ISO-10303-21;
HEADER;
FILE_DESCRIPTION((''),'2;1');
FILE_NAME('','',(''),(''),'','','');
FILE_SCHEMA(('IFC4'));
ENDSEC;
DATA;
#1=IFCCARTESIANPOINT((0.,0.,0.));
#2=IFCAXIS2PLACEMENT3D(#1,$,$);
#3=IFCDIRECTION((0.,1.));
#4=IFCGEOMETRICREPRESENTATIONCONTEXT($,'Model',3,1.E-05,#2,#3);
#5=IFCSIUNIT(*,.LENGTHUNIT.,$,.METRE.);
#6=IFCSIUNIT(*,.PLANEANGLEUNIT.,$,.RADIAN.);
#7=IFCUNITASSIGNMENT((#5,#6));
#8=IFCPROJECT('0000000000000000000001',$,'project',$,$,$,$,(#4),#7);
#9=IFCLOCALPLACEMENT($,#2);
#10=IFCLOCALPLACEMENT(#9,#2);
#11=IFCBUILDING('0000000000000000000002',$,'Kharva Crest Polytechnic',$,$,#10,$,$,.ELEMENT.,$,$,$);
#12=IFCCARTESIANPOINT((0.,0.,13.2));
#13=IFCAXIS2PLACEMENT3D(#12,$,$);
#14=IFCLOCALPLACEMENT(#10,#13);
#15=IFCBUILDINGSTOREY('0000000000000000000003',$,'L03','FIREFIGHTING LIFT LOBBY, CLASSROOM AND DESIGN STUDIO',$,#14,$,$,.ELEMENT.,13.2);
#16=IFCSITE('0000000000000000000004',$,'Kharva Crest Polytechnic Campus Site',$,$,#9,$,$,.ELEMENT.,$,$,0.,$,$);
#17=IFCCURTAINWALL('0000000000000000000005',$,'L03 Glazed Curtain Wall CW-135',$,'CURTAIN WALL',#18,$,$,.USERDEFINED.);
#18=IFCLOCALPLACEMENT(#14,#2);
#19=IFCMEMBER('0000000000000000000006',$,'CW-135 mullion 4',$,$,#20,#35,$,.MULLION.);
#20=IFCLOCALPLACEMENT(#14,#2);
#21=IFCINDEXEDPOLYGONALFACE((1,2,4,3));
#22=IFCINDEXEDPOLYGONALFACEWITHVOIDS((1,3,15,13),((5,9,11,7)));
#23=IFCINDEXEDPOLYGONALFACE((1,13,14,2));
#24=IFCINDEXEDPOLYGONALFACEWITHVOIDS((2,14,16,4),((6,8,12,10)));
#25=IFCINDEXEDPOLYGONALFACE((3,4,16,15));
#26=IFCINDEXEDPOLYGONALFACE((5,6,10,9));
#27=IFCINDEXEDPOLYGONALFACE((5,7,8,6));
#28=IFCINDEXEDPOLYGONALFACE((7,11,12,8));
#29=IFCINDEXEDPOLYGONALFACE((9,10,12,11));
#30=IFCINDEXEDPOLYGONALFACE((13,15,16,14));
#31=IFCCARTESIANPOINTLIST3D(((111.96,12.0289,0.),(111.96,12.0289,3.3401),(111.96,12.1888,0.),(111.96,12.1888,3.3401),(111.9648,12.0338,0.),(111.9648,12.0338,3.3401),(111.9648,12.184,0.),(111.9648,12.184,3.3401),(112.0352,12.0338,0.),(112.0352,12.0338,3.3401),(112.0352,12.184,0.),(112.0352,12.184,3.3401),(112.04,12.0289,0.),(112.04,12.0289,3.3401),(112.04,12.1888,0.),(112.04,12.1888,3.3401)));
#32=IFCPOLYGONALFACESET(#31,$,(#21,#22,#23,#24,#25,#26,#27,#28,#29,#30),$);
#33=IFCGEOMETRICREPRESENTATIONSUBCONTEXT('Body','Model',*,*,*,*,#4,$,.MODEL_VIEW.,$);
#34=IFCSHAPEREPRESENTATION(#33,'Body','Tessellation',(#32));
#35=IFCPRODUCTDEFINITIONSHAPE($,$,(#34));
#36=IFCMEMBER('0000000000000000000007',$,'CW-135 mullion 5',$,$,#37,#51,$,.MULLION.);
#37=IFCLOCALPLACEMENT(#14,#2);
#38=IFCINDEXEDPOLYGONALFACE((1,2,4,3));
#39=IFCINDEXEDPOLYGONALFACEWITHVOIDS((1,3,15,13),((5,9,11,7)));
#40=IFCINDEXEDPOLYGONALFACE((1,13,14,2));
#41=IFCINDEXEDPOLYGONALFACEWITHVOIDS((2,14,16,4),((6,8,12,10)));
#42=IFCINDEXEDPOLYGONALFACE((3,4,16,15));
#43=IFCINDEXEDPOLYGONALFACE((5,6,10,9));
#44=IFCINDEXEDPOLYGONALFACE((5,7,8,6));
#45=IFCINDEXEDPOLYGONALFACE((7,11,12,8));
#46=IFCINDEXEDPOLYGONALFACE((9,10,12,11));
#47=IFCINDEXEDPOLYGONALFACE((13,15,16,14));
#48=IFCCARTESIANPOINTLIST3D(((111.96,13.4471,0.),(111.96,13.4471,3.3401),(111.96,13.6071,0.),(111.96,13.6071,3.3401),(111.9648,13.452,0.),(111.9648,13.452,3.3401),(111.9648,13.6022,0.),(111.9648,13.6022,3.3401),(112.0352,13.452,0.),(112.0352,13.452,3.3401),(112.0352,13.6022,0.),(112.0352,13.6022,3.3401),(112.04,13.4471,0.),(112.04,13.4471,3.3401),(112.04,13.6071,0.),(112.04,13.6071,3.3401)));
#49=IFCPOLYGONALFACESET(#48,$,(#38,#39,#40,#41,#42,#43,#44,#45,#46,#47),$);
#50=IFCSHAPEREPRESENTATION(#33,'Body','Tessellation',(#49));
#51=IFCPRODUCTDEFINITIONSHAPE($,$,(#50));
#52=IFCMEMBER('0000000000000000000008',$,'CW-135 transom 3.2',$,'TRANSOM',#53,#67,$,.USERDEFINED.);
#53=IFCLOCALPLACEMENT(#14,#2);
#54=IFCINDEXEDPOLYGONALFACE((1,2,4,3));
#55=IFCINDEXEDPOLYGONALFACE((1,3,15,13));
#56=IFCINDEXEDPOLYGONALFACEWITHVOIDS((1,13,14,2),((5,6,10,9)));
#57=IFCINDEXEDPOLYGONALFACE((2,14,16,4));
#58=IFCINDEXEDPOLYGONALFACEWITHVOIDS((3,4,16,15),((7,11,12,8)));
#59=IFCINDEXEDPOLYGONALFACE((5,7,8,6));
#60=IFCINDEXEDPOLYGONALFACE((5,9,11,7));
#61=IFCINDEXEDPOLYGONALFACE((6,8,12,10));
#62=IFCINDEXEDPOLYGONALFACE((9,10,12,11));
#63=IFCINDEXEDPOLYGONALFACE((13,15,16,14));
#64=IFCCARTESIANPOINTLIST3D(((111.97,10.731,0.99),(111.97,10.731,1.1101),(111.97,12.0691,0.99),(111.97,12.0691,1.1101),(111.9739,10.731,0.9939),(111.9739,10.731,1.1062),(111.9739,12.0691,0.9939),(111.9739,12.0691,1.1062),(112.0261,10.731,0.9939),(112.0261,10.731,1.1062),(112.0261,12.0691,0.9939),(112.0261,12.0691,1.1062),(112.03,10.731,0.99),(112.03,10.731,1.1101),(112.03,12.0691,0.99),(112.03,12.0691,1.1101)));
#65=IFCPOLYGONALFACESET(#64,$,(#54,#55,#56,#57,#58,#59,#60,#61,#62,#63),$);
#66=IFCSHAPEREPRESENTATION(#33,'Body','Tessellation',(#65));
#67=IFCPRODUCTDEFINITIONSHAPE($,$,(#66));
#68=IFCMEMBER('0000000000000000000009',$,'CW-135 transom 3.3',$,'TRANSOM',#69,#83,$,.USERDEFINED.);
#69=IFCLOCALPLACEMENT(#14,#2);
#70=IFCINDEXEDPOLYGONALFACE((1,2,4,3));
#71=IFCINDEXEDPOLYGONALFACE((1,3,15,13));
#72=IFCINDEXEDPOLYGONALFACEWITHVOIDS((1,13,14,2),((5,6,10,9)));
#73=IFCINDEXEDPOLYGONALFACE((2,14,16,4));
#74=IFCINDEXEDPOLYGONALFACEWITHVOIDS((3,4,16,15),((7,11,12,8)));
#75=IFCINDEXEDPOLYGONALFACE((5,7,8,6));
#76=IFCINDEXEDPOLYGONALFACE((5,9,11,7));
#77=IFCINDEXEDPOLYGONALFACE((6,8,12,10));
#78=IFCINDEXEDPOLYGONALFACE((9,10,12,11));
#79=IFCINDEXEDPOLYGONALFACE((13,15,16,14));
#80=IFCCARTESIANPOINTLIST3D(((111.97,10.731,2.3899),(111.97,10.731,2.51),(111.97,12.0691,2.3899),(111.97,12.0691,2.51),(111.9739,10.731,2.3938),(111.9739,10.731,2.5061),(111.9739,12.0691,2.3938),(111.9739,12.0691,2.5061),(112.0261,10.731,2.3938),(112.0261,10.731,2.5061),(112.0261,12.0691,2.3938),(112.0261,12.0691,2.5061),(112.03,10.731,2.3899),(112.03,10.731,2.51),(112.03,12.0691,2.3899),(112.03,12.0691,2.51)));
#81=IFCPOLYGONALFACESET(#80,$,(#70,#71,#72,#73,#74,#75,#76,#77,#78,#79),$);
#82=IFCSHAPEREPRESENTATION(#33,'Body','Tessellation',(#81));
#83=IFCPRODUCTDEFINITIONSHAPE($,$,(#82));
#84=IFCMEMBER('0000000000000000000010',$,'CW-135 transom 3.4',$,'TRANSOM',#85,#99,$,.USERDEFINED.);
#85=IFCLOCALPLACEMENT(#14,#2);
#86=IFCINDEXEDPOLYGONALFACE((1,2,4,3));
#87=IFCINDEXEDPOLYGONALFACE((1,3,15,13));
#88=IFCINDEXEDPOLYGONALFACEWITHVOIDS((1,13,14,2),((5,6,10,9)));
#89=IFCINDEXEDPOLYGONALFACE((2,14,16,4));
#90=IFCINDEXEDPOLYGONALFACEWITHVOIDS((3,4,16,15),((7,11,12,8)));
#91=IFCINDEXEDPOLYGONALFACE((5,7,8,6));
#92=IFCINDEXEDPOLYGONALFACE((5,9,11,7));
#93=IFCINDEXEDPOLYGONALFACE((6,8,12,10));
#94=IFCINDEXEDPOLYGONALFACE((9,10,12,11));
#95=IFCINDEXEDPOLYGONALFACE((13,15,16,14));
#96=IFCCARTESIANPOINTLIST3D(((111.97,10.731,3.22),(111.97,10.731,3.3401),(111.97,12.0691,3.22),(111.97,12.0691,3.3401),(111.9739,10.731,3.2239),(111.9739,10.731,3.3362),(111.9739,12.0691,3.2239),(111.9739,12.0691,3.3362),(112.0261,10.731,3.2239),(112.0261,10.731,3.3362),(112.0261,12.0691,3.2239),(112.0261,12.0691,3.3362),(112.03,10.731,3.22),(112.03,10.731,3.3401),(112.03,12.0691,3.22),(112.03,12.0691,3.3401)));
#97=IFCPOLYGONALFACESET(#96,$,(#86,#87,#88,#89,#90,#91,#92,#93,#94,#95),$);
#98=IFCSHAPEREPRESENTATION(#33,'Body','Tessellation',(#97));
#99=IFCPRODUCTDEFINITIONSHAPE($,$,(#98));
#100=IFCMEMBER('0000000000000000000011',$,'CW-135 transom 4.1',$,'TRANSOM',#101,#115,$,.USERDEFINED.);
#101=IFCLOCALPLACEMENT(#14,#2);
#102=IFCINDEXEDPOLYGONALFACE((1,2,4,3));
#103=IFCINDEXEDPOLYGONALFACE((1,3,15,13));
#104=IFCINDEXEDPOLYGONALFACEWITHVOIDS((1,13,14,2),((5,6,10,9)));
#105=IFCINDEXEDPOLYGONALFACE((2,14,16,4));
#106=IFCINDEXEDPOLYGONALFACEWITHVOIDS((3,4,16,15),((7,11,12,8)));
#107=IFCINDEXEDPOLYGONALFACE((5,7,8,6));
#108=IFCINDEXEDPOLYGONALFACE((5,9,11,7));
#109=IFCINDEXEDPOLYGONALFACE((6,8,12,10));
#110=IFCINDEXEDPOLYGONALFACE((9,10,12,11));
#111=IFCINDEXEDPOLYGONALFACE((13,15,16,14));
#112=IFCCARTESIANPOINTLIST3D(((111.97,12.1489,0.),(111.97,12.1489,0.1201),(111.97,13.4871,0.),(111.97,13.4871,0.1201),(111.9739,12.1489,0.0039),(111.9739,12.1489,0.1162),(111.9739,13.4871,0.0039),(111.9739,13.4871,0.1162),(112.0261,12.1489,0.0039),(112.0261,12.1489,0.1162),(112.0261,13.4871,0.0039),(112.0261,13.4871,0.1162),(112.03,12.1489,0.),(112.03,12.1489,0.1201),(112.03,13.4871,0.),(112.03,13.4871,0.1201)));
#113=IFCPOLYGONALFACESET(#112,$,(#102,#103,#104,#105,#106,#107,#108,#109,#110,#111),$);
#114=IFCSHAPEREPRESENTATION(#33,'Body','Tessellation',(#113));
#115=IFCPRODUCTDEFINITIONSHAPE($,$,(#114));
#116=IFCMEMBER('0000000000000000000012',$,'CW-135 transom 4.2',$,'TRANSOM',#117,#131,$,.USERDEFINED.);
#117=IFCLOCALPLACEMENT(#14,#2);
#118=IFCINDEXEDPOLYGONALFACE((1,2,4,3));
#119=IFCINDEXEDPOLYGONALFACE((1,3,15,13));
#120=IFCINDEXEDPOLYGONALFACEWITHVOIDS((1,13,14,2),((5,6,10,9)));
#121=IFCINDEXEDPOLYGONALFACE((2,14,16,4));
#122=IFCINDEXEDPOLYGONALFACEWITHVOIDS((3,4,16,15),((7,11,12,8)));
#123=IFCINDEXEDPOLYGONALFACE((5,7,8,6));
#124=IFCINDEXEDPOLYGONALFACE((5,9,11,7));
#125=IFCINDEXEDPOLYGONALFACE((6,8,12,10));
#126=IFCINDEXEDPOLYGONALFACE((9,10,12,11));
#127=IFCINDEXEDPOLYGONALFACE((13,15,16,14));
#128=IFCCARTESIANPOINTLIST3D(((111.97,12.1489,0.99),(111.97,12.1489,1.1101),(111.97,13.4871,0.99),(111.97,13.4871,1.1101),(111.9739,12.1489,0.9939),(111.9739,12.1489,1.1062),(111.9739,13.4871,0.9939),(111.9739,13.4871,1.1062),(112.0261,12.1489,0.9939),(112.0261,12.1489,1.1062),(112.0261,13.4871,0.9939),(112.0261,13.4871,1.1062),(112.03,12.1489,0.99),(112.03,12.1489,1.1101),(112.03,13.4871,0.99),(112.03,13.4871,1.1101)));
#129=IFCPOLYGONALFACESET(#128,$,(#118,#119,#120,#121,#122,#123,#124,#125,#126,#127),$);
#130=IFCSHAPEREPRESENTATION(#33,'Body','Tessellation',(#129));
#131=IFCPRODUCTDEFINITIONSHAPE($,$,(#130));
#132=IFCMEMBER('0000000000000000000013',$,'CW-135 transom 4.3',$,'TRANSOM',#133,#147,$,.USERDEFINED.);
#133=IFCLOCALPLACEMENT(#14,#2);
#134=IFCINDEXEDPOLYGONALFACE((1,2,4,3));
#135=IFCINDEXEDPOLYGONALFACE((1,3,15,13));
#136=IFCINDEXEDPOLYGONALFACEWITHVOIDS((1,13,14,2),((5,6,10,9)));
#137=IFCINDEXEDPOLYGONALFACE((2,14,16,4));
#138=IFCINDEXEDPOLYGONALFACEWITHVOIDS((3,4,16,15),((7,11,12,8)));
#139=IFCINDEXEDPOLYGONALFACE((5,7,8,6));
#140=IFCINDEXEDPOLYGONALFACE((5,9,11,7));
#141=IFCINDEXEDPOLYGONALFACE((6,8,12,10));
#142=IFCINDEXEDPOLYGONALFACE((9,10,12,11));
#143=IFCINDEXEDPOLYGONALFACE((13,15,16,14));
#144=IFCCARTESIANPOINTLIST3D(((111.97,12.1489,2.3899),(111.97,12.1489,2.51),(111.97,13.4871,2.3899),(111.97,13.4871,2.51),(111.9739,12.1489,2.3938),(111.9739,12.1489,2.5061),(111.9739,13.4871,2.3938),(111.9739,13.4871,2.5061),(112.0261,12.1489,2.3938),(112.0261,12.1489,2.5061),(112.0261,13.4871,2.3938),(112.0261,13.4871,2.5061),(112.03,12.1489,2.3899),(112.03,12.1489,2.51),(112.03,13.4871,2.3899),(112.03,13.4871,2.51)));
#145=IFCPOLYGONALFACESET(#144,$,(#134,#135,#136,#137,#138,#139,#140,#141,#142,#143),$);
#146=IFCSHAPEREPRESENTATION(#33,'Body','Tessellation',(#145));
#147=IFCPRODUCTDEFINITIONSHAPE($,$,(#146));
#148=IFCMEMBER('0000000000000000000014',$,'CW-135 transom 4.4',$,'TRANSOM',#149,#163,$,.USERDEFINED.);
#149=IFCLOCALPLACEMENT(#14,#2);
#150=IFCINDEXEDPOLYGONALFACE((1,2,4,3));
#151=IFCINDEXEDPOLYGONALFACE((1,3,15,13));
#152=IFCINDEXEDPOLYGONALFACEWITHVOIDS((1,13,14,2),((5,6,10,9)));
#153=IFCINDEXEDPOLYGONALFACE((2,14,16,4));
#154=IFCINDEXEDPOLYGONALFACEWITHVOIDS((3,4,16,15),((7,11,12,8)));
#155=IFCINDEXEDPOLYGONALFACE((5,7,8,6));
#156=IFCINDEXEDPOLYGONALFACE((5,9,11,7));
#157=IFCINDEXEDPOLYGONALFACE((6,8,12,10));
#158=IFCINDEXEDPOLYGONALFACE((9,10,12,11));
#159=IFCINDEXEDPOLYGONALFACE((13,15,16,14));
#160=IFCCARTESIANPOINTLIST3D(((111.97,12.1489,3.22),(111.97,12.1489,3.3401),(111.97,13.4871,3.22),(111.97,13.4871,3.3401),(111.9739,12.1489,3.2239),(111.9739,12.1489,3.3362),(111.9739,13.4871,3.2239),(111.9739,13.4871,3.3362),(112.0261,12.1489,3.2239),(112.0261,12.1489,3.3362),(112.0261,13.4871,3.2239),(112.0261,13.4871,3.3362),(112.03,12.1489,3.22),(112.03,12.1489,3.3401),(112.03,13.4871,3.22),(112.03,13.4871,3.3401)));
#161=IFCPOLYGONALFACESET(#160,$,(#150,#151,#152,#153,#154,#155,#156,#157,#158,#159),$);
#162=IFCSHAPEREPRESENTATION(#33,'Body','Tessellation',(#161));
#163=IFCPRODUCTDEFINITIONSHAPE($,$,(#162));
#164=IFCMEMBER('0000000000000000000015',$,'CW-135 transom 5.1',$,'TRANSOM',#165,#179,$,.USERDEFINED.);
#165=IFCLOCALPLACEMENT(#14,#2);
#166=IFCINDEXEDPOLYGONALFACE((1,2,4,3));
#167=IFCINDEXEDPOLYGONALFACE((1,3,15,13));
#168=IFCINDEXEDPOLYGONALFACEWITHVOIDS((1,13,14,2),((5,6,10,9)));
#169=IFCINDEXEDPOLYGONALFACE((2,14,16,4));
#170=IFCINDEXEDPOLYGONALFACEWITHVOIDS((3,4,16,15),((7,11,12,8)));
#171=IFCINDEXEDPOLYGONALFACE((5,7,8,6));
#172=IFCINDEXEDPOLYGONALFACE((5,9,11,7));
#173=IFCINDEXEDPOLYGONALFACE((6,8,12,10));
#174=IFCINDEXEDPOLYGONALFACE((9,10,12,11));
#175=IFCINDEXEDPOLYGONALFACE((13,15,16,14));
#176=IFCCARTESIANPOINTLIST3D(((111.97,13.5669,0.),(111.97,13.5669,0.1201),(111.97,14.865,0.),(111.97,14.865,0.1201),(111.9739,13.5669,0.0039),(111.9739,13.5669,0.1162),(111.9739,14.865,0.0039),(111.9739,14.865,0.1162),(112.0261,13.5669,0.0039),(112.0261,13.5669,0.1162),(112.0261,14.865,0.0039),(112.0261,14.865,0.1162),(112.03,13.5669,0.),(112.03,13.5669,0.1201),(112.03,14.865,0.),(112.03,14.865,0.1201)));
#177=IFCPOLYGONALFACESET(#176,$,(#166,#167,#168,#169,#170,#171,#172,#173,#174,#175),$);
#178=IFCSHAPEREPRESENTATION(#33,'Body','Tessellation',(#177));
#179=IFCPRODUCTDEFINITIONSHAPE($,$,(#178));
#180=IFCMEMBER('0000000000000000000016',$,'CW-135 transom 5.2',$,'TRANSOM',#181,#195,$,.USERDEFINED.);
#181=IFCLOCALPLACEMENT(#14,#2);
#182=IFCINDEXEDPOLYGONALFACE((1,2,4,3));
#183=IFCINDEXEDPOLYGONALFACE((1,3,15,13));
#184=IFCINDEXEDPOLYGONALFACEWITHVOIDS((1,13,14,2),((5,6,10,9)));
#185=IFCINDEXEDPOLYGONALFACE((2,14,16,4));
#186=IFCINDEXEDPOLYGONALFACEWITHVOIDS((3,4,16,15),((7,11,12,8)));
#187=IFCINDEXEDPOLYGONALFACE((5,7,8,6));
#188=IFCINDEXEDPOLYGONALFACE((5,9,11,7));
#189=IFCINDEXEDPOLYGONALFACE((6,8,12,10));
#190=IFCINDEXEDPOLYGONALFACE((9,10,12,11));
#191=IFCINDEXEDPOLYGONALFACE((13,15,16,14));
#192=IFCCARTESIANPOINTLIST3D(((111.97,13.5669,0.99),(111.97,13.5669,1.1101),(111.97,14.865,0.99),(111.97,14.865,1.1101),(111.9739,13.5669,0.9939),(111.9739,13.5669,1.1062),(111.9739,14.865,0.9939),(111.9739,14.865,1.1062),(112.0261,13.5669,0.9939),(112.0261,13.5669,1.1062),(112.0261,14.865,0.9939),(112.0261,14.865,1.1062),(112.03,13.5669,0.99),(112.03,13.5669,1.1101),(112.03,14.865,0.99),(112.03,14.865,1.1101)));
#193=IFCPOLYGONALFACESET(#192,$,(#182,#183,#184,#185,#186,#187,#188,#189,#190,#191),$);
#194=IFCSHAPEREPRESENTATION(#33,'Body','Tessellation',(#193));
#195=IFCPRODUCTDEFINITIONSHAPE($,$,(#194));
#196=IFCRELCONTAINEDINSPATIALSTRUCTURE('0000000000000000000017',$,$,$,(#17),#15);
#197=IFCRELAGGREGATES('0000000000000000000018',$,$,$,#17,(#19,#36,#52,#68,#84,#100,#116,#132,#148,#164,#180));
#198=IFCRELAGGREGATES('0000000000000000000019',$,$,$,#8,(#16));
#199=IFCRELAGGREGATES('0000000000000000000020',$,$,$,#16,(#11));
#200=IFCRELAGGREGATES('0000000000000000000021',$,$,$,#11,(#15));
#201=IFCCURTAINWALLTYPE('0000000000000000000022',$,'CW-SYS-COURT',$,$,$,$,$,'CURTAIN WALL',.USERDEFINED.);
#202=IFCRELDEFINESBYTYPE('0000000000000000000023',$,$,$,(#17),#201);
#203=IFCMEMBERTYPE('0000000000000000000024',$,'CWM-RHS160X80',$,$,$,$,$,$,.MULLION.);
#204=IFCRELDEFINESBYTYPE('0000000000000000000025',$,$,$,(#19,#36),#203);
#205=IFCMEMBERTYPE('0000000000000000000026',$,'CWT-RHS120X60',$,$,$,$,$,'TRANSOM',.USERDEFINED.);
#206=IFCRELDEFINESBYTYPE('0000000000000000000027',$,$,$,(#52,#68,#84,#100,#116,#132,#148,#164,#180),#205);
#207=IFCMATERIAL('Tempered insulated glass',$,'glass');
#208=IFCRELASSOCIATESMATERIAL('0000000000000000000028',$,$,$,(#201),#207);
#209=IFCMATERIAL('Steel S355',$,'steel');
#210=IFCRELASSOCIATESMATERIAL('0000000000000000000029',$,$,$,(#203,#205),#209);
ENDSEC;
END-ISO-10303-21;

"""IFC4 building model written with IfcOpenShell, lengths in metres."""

from ifc_helpers import new_model, si_unit, direction, frame, origin, origin_2d, place, context, subcontext, project, spatial, hollow_rectangle, extrude, material, material_profile, profile_set, type_object, element, aggregate, save


model = new_model("IFC4")

# Units and contexts
model_context = context("Model", 3, precision=1e-05, world=origin(), true_north=direction((0.0, 1.0)))
body_context = subcontext(model_context, "Body", "Model", "MODEL_VIEW")
ifc_project = project(units=[si_unit("LENGTHUNIT", "METRE"), si_unit("PLANEANGLEUNIT", "RADIAN")], contexts=[model_context])

# Site, building, storey
site_placement = place(None, origin())
site = spatial("IfcSite", under=ifc_project, at=site_placement, Name="Kharva Crest Polytechnic Campus Site", CompositionType="ELEMENT", RefElevation=0.0)
building_placement = place(site_placement, origin())
building = spatial("IfcBuilding", under=site, at=building_placement, Name="Kharva Crest Polytechnic", CompositionType="ELEMENT")
storey_placement = place(building_placement, frame((0.0, 0.0, 13.2)))
storey = spatial("IfcBuildingStorey", under=building, at=storey_placement, Name="L03", Description="FIREFIGHTING LIFT LOBBY, CLASSROOM AND DESIGN STUDIO", CompositionType="ELEMENT", Elevation=13.2)

# Curtain wall, members
ifc_material_1 = material(Name="Tempered insulated glass", Category="glass")
curtain_wall_type = type_object("IfcCurtainWallType", Name="CW-SYS-COURT", ElementType="CURTAIN WALL", PredefinedType="USERDEFINED", material=ifc_material_1)
curtain_wall_placement = place(storey_placement, origin())
curtain_wall = element("IfcCurtainWall", 1, at=curtain_wall_placement, inside=storey, type_object=curtain_wall_type, Name="L03 Glazed Curtain Wall CW-135", ObjectType="CURTAIN WALL", PredefinedType="USERDEFINED")
ifc_material_2 = material(Name="Steel S355", Category="steel")
ifc_material_profile_1 = material_profile(ifc_material_2, hollow_rectangle(XDim=0.0801, YDim=0.1599, WallThickness=0.0049, at=origin_2d()), Name="RHS 160X80X5.0")
ifc_profile_set_1 = profile_set([ifc_material_profile_1], Name="Steel S355")
member_type_1 = type_object("IfcMemberType", Name="CWM-RHS160X80", PredefinedType="MULLION", material=ifc_profile_set_1)
member_1_placement = place(storey_placement, frame((112.0, 12.1089, 0.0), z_axis=(0.0, 0.0, 1.0), x_axis=(-1.0, 0.0, 0.0)))
member_1 = element("IfcMember", 2, at=member_1_placement, type_object=member_type_1, Name="CW-135 mullion 4", PredefinedType="MULLION", context=body_context, shape_type="SweptSolid", body=[
    extrude(hollow_rectangle(XDim=0.0801, YDim=0.1599, WallThickness=0.0049, at=origin_2d()), origin(), (0.0, 0.0, 1.0), 3.3401),
])
member_2_placement = place(storey_placement, frame((112.0, 13.5271, 0.0), z_axis=(0.0, 0.0, 1.0), x_axis=(-1.0, 0.0, 0.0)))
member_2 = element("IfcMember", 3, at=member_2_placement, type_object=member_type_1, Name="CW-135 mullion 5", PredefinedType="MULLION", context=body_context, shape_type="SweptSolid", body=[
    extrude(hollow_rectangle(XDim=0.0801, YDim=0.1599, WallThickness=0.0049, at=origin_2d()), origin(), (0.0, 0.0, 1.0), 3.3401),
])
ifc_material_profile_2 = material_profile(ifc_material_2, hollow_rectangle(XDim=0.0601, YDim=0.1201, WallThickness=0.0039, at=origin_2d()), Name="RHS 120X60X4.0")
ifc_profile_set_2 = profile_set([ifc_material_profile_2], Name="Steel S355")
member_type_2 = type_object("IfcMemberType", Name="CWT-RHS120X60", ElementType="TRANSOM", PredefinedType="USERDEFINED", material=ifc_profile_set_2)
member_3_placement = place(storey_placement, frame((112.0, 10.731, 1.05), z_axis=(0.0, 1.0, 0.0), x_axis=(-1.0, 0.0, 0.0)))
member_3 = element("IfcMember", 4, at=member_3_placement, type_object=member_type_2, Name="CW-135 transom 3.2", ObjectType="TRANSOM", PredefinedType="USERDEFINED", context=body_context, shape_type="SweptSolid", body=[
    extrude(hollow_rectangle(XDim=0.0601, YDim=0.1201, WallThickness=0.0039, at=origin_2d()), origin(), (0.0, 0.0, 1.0), 1.3381),
])
member_4_placement = place(storey_placement, frame((112.0, 10.731, 2.45), z_axis=(0.0, 1.0, 0.0), x_axis=(-1.0, 0.0, 0.0)))
member_4 = element("IfcMember", 5, at=member_4_placement, type_object=member_type_2, Name="CW-135 transom 3.3", ObjectType="TRANSOM", PredefinedType="USERDEFINED", context=body_context, shape_type="SweptSolid", body=[
    extrude(hollow_rectangle(XDim=0.0601, YDim=0.1201, WallThickness=0.0039, at=origin_2d()), origin(), (0.0, 0.0, 1.0), 1.3381),
])
member_5_placement = place(storey_placement, frame((112.0, 10.731, 3.28), z_axis=(0.0, 1.0, 0.0), x_axis=(-1.0, 0.0, 0.0)))
member_5 = element("IfcMember", 6, at=member_5_placement, type_object=member_type_2, Name="CW-135 transom 3.4", ObjectType="TRANSOM", PredefinedType="USERDEFINED", context=body_context, shape_type="SweptSolid", body=[
    extrude(hollow_rectangle(XDim=0.0601, YDim=0.1201, WallThickness=0.0039, at=origin_2d()), origin(), (0.0, 0.0, 1.0), 1.3381),
])
member_6_placement = place(storey_placement, frame((112.0, 12.1489, 0.0601), z_axis=(0.0, 1.0, 0.0), x_axis=(-1.0, 0.0, 0.0)))
member_6 = element("IfcMember", 7, at=member_6_placement, type_object=member_type_2, Name="CW-135 transom 4.1", ObjectType="TRANSOM", PredefinedType="USERDEFINED", context=body_context, shape_type="SweptSolid", body=[
    extrude(hollow_rectangle(XDim=0.0601, YDim=0.1201, WallThickness=0.0039, at=origin_2d()), origin(), (0.0, 0.0, 1.0), 1.3381),
])
member_7_placement = place(storey_placement, frame((112.0, 12.1489, 1.05), z_axis=(0.0, 1.0, 0.0), x_axis=(-1.0, 0.0, 0.0)))
member_7 = element("IfcMember", 8, at=member_7_placement, type_object=member_type_2, Name="CW-135 transom 4.2", ObjectType="TRANSOM", PredefinedType="USERDEFINED", context=body_context, shape_type="SweptSolid", body=[
    extrude(hollow_rectangle(XDim=0.0601, YDim=0.1201, WallThickness=0.0039, at=origin_2d()), origin(), (0.0, 0.0, 1.0), 1.3381),
])
member_8_placement = place(storey_placement, frame((112.0, 12.1489, 2.45), z_axis=(0.0, 1.0, 0.0), x_axis=(-1.0, 0.0, 0.0)))
member_8 = element("IfcMember", 9, at=member_8_placement, type_object=member_type_2, Name="CW-135 transom 4.3", ObjectType="TRANSOM", PredefinedType="USERDEFINED", context=body_context, shape_type="SweptSolid", body=[
    extrude(hollow_rectangle(XDim=0.0601, YDim=0.1201, WallThickness=0.0039, at=origin_2d()), origin(), (0.0, 0.0, 1.0), 1.3381),
])
member_9_placement = place(storey_placement, frame((112.0, 12.1489, 3.28), z_axis=(0.0, 1.0, 0.0), x_axis=(-1.0, 0.0, 0.0)))
member_9 = element("IfcMember", 10, at=member_9_placement, type_object=member_type_2, Name="CW-135 transom 4.4", ObjectType="TRANSOM", PredefinedType="USERDEFINED", context=body_context, shape_type="SweptSolid", body=[
    extrude(hollow_rectangle(XDim=0.0601, YDim=0.1201, WallThickness=0.0039, at=origin_2d()), origin(), (0.0, 0.0, 1.0), 1.3381),
])
member_10_placement = place(storey_placement, frame((112.0, 13.5669, 0.0601), z_axis=(0.0, 1.0, 0.0), x_axis=(-1.0, 0.0, 0.0)))
member_10 = element("IfcMember", 11, at=member_10_placement, type_object=member_type_2, Name="CW-135 transom 5.1", ObjectType="TRANSOM", PredefinedType="USERDEFINED", context=body_context, shape_type="SweptSolid", body=[
    extrude(hollow_rectangle(XDim=0.0601, YDim=0.1201, WallThickness=0.0039, at=origin_2d()), origin(), (0.0, 0.0, 1.0), 1.2981),
])
member_11_placement = place(storey_placement, frame((112.0, 13.5669, 1.05), z_axis=(0.0, 1.0, 0.0), x_axis=(-1.0, 0.0, 0.0)))
member_11 = element("IfcMember", 12, at=member_11_placement, type_object=member_type_2, Name="CW-135 transom 5.2", ObjectType="TRANSOM", PredefinedType="USERDEFINED", context=body_context, shape_type="SweptSolid", body=[
    extrude(hollow_rectangle(XDim=0.0601, YDim=0.1201, WallThickness=0.0039, at=origin_2d()), origin(), (0.0, 0.0, 1.0), 1.2981),
])

aggregate(curtain_wall, [member_1, member_2, member_3, member_4, member_5, member_6, member_7, member_8, member_9, member_10, member_11])

save(model, "model.ifc")
